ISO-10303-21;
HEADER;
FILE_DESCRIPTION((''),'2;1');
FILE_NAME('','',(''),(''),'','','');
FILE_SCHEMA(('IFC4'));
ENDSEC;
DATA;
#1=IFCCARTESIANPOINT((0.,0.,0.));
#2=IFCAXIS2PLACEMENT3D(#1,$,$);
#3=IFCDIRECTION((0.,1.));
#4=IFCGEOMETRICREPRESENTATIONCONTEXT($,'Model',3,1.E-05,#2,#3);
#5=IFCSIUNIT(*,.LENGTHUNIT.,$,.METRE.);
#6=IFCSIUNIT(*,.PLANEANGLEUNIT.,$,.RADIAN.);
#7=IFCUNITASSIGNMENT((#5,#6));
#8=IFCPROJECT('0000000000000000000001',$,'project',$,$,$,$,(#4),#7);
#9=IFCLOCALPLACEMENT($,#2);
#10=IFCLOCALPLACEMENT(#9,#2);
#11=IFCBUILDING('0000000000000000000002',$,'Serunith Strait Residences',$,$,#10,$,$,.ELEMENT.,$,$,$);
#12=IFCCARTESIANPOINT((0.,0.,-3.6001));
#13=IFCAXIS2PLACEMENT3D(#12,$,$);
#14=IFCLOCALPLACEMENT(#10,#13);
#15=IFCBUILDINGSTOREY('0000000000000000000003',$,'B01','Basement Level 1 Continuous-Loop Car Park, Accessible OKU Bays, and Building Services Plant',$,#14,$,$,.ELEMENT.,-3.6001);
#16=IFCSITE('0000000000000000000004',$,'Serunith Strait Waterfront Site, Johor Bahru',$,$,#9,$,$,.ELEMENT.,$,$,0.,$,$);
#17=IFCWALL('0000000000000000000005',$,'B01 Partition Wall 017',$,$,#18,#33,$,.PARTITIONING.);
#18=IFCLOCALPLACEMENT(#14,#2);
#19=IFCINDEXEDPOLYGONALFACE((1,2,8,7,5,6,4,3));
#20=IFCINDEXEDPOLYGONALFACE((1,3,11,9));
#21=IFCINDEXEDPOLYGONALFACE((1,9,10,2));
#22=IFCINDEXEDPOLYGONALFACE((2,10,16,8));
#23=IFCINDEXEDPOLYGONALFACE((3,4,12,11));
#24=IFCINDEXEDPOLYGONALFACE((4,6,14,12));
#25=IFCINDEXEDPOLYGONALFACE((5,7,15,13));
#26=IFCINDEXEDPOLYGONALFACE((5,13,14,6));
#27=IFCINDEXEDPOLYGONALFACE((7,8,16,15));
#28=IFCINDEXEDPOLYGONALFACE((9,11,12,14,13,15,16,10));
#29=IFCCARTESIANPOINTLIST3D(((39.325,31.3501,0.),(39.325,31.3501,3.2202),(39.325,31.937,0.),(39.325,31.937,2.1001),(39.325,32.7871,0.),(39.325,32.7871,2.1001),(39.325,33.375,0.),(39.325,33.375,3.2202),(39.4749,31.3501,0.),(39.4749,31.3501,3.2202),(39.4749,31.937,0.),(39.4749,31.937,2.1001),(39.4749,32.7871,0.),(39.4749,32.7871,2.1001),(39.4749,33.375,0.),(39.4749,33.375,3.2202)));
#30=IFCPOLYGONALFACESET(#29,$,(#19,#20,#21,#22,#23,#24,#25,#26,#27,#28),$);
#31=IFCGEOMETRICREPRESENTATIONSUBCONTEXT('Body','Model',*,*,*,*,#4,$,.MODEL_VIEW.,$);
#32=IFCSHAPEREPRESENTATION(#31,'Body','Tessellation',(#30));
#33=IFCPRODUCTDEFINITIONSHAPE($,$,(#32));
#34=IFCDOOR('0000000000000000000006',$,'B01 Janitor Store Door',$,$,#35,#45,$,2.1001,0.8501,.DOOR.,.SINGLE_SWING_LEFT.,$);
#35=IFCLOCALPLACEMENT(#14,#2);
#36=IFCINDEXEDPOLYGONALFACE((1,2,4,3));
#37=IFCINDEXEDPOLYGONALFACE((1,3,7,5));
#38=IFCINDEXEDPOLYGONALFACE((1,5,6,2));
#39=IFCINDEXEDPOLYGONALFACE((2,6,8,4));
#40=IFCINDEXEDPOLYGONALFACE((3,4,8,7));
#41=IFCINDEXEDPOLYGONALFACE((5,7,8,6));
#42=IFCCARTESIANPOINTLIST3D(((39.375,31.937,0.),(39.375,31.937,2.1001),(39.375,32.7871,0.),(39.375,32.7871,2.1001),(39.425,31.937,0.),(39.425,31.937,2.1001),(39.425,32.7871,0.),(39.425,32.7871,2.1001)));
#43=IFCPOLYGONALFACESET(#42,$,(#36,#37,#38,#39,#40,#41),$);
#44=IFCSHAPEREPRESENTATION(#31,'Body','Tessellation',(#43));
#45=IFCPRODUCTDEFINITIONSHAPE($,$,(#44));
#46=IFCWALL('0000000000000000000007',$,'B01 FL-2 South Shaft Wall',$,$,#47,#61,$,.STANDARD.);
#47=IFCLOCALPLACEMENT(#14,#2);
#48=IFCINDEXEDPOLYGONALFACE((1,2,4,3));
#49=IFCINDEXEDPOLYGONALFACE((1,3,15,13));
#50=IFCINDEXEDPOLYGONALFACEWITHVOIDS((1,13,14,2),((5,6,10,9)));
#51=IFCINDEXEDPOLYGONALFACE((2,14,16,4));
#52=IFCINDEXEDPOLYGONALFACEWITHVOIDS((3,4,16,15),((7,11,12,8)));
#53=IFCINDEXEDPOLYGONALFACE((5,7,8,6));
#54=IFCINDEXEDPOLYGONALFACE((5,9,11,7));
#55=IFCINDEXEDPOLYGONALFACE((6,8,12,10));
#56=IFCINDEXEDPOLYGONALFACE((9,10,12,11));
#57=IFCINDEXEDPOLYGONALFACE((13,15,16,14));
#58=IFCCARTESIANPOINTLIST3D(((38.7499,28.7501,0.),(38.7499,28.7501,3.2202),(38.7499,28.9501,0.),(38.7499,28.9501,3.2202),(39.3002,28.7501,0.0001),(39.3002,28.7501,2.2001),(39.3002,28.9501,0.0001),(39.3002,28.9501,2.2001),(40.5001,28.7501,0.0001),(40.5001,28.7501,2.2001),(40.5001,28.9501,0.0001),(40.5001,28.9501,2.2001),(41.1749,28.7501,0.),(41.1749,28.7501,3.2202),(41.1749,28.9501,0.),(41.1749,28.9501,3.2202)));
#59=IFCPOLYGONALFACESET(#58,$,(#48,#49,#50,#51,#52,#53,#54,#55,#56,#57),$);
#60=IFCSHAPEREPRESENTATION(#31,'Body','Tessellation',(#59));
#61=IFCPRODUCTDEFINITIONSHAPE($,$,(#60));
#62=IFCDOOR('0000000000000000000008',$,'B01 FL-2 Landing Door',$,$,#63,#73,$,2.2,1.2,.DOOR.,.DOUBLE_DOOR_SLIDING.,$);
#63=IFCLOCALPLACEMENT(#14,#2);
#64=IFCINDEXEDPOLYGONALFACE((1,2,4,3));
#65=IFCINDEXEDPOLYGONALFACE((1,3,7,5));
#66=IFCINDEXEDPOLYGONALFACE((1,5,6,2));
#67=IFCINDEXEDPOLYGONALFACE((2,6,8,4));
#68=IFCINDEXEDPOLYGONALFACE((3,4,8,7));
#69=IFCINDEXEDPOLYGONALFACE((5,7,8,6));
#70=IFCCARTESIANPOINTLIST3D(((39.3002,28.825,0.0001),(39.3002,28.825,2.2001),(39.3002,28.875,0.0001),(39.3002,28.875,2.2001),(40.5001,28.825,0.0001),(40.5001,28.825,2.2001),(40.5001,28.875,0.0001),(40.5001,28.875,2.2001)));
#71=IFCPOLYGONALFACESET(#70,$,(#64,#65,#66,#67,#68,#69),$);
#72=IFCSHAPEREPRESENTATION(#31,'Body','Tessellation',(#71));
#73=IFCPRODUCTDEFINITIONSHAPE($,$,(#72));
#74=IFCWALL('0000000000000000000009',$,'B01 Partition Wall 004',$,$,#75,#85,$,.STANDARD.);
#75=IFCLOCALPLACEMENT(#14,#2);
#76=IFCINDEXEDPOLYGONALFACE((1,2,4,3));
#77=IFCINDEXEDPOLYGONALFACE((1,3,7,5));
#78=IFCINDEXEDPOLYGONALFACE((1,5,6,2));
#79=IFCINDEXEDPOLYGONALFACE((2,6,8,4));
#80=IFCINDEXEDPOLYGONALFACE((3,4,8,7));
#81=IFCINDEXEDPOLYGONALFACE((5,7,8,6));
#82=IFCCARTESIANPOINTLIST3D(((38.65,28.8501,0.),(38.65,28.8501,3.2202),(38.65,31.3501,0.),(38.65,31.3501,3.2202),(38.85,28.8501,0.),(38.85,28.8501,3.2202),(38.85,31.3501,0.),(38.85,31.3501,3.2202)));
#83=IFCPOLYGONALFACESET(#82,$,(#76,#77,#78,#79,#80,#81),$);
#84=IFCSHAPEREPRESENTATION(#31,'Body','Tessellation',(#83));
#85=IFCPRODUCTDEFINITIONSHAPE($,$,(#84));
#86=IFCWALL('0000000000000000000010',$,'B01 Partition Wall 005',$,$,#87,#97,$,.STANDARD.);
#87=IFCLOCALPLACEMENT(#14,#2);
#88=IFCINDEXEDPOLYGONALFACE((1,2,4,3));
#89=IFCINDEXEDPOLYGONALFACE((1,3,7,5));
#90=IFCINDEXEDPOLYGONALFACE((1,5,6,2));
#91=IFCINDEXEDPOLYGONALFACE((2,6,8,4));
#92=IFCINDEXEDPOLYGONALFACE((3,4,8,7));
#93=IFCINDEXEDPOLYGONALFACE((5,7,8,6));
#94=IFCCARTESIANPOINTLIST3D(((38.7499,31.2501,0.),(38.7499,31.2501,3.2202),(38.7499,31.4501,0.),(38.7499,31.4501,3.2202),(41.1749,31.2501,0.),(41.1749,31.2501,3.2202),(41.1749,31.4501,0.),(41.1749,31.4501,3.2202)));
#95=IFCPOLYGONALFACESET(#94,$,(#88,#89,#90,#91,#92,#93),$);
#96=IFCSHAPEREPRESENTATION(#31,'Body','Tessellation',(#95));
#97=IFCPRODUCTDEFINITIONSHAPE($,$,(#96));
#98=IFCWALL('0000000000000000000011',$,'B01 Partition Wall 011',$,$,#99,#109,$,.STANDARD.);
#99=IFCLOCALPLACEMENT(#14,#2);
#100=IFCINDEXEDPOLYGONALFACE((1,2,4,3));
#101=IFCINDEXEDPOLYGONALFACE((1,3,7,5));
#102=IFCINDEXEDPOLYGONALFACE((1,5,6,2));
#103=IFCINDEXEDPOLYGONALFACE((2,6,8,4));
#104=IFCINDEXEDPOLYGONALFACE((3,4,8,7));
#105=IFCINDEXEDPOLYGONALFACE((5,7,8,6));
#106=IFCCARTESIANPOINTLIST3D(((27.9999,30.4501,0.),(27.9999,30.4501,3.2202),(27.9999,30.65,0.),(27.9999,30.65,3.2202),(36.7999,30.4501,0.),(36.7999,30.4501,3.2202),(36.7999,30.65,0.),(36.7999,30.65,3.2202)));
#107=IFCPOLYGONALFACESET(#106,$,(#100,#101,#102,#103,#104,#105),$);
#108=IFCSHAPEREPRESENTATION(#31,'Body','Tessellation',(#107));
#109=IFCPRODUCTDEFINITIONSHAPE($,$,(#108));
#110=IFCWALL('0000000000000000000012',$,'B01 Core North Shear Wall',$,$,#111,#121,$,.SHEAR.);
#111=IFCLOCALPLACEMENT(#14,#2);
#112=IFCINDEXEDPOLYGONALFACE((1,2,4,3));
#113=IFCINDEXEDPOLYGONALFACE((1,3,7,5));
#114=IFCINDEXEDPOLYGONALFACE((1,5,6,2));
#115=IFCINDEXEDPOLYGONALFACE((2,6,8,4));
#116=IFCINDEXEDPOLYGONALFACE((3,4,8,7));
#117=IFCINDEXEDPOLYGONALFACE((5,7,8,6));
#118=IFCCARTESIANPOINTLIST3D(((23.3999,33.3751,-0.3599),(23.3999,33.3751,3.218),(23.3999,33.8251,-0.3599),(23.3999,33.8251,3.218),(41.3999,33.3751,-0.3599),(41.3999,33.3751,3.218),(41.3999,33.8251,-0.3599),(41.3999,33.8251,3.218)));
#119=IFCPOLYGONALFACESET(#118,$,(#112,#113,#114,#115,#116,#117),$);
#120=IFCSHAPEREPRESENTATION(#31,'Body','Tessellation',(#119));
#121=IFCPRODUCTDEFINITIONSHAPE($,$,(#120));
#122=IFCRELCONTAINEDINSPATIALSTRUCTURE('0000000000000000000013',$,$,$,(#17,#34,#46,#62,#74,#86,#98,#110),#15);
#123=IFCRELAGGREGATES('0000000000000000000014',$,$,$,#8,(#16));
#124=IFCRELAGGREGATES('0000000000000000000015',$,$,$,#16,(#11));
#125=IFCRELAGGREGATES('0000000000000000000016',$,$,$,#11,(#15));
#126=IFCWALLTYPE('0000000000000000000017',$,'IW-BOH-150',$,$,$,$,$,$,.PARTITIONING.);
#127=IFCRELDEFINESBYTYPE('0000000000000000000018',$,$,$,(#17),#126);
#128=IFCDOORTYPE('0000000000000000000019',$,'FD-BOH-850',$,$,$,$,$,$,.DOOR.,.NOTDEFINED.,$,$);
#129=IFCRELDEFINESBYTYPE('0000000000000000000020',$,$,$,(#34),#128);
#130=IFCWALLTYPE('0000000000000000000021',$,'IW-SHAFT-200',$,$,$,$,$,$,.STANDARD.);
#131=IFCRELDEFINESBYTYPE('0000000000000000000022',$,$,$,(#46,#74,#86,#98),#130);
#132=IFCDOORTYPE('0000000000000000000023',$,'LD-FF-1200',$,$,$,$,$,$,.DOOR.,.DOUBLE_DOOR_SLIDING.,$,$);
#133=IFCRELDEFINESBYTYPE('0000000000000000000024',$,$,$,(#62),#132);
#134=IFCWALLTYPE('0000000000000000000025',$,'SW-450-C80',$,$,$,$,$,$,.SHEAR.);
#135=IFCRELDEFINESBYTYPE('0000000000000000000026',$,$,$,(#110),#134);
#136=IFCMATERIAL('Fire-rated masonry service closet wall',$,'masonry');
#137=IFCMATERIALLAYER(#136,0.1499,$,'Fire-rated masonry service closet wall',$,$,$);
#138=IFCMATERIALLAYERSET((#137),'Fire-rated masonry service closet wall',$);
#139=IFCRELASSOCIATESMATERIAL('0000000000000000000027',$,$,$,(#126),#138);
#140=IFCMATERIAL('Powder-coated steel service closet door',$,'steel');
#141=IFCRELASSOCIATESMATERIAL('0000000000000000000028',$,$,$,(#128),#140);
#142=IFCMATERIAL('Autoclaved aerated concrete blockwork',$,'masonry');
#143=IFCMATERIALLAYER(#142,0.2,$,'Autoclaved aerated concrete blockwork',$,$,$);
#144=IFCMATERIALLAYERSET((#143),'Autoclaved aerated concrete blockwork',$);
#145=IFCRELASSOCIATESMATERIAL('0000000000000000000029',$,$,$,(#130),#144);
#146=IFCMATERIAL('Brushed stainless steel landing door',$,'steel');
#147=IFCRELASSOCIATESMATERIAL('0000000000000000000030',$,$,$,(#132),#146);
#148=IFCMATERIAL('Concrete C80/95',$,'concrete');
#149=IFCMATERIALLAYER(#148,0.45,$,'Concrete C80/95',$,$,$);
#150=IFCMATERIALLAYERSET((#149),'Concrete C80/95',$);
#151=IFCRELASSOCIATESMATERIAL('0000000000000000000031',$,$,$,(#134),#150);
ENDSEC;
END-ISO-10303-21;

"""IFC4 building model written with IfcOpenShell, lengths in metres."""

from ifc_helpers import new_model, si_unit, direction, frame, frame_2d, origin, place, context, subcontext, project, spatial, rectangle, extrude, source, transform, mapped, material, layer, layer_set, type_object, element, fill, save


model = new_model("IFC4")

# Units and contexts
model_context = context("Model", 3, precision=1e-05, world=origin(), true_north=direction((0.0, 1.0)))
body_context = subcontext(model_context, "Body", "Model", "MODEL_VIEW")
ifc_project = project(units=[si_unit("LENGTHUNIT", "METRE"), si_unit("PLANEANGLEUNIT", "RADIAN")], contexts=[model_context])

# Site, building, storey
site_placement = place(None, origin())
site = spatial("IfcSite", under=ifc_project, at=site_placement, Name="Serunith Strait Waterfront Site, Johor Bahru", CompositionType="ELEMENT", RefElevation=0.0)
building_placement = place(site_placement, origin())
building = spatial("IfcBuilding", under=site, at=building_placement, Name="Serunith Strait Residences", CompositionType="ELEMENT")
storey_placement = place(building_placement, frame((0.0, 0.0, -3.6001)))
storey = spatial("IfcBuildingStorey", under=building, at=storey_placement, Name="B01", Description="Basement Level 1 Continuous-Loop Car Park, Accessible OKU Bays, and Building Services Plant", CompositionType="ELEMENT", Elevation=-3.6001)

# Shared definitions
ifc_material_1 = material(Name="Concrete C80/95", Category="concrete")

# Walls, openings, doors
ifc_material_2 = material(Name="Fire-rated masonry service closet wall", Category="masonry")
ifc_layer_1 = layer(ifc_material_2, 0.1499, Name="Fire-rated masonry service closet wall")
ifc_layer_set_1 = layer_set([ifc_layer_1], Name="Fire-rated masonry service closet wall")
wall_type_1 = type_object("IfcWallType", Name="IW-BOH-150", PredefinedType="PARTITIONING", material=ifc_layer_set_1)
wall_1_placement = place(storey_placement, frame((39.3999, 31.3501, 0.0), z_axis=(0.0, 0.0, 1.0), x_axis=(0.0, 1.0, 0.0)))
wall_1 = element("IfcWall", 1, at=wall_1_placement, inside=storey, type_object=wall_type_1, Name="B01 Partition Wall 017", PredefinedType="PARTITIONING", context=body_context, shape_type="SweptSolid", body=[
    extrude(rectangle(XDim=2.0249, YDim=0.1499, at=frame_2d((1.0125, 0.0))), origin(), (0.0, 0.0, 1.0), 3.2202),
])
opening_1_placement = place(wall_1_placement, frame((0.5869, 0.0, 0.0)))
opening_1 = element("IfcOpeningElement", 2, at=opening_1_placement, cuts=wall_1, PredefinedType="OPENING", context=body_context, shape_type="SweptSolid", body=[
    extrude(rectangle(XDim=0.8501, YDim=2.1001, at=frame_2d((0.425, 1.05))), frame((0.0, 0.085, 0.0), z_axis=(0.0, -1.0, 0.0), x_axis=(1.0, 0.0, 0.0)), (0.0, 0.0, 1.0), 0.1699),
])
ifc_material_3 = material(Name="Powder-coated steel service closet door", Category="steel")
door_type_1 = type_object("IfcDoorType", Name="FD-BOH-850", OperationType="NOTDEFINED", PredefinedType="DOOR", material=ifc_material_3)
shared_shape_1 = source(origin(), body_context, "Body", "SweptSolid", [
    extrude(rectangle(XDim=0.8501, YDim=2.1001, at=frame_2d((0.425, 1.05))), frame((0.0, 0.0249, 0.0), z_axis=(0.0, -1.0, 0.0), x_axis=(1.0, 0.0, 0.0)), (0.0, 0.0, 1.0), 0.05),
])
door_1_placement = place(opening_1_placement, origin())
door_1 = element("IfcDoor", 3, at=door_1_placement, inside=storey, type_object=door_type_1, Name="B01 Janitor Store Door", OperationType="SINGLE_SWING_LEFT", OverallHeight=2.1001, OverallWidth=0.8501, PredefinedType="DOOR", context=body_context, shape_type="MappedRepresentation", body=[
    mapped(shared_shape_1, transform((0.0, 0.0, 0.0), scale=1.0)),
])
fill(opening_1, door_1)
ifc_material_4 = material(Name="Autoclaved aerated concrete blockwork", Category="masonry")
ifc_layer_2 = layer(ifc_material_4, 0.2, Name="Autoclaved aerated concrete blockwork")
ifc_layer_set_2 = layer_set([ifc_layer_2], Name="Autoclaved aerated concrete blockwork")
wall_type_2 = type_object("IfcWallType", Name="IW-SHAFT-200", PredefinedType="STANDARD", material=ifc_layer_set_2)
wall_2_placement = place(storey_placement, frame((38.75, 28.8501, 0.0), z_axis=(0.0, 0.0, 1.0), x_axis=(1.0, 0.0, 0.0)))
wall_2 = element("IfcWall", 4, at=wall_2_placement, inside=storey, type_object=wall_type_2, Name="B01 FL-2 South Shaft Wall", PredefinedType="STANDARD", context=body_context, shape_type="SweptSolid", body=[
    extrude(rectangle(XDim=2.425, YDim=0.2, at=frame_2d((1.2124, 0.0))), origin(), (0.0, 0.0, 1.0), 3.2202),
])
opening_2_placement = place(wall_2_placement, frame((0.55, 0.0, 0.0)))
opening_2 = element("IfcOpeningElement", 5, at=opening_2_placement, cuts=wall_2, PredefinedType="OPENING", context=body_context, shape_type="SweptSolid", body=[
    extrude(rectangle(XDim=1.2, YDim=2.2, at=frame_2d((0.6001, 1.1001))), frame((0.0, 0.1099, 0.0), z_axis=(0.0, -1.0, 0.0), x_axis=(1.0, 0.0, 0.0)), (0.0, 0.0, 1.0), 0.22),
])
ifc_material_5 = material(Name="Brushed stainless steel landing door", Category="steel")
door_type_2 = type_object("IfcDoorType", Name="LD-FF-1200", OperationType="DOUBLE_DOOR_SLIDING", PredefinedType="DOOR", material=ifc_material_5)
shared_shape_2 = source(origin(), body_context, "Body", "SweptSolid", [
    extrude(rectangle(XDim=1.2, YDim=2.2, at=frame_2d((0.6001, 1.1001))), frame((0.0, 0.0249, 0.0), z_axis=(0.0, -1.0, 0.0), x_axis=(1.0, 0.0, 0.0)), (0.0, 0.0, 1.0), 0.05),
])
door_2_placement = place(opening_2_placement, origin())
door_2 = element("IfcDoor", 6, at=door_2_placement, inside=storey, type_object=door_type_2, Name="B01 FL-2 Landing Door", OperationType="DOUBLE_DOOR_SLIDING", OverallHeight=2.2, OverallWidth=1.2, PredefinedType="DOOR", context=body_context, shape_type="MappedRepresentation", body=[
    mapped(shared_shape_2, transform((0.0, 0.0, 0.0), scale=1.0)),
])
fill(opening_2, door_2)

# Walls
wall_3_placement = place(storey_placement, frame((38.75, 28.8501, 0.0), z_axis=(0.0, 0.0, 1.0), x_axis=(0.0, 1.0, 0.0)))
element("IfcWall", 7, at=wall_3_placement, inside=storey, type_object=wall_type_2, Name="B01 Partition Wall 004", PredefinedType="STANDARD", context=body_context, shape_type="SweptSolid", body=[
    extrude(rectangle(XDim=2.5, YDim=0.2, at=frame_2d((1.25, 0.0))), origin(), (0.0, 0.0, 1.0), 3.2202),
])
wall_4_placement = place(storey_placement, frame((38.75, 31.3501, 0.0), z_axis=(0.0, 0.0, 1.0), x_axis=(1.0, 0.0, 0.0)))
element("IfcWall", 8, at=wall_4_placement, inside=storey, type_object=wall_type_2, Name="B01 Partition Wall 005", PredefinedType="STANDARD", context=body_context, shape_type="SweptSolid", body=[
    extrude(rectangle(XDim=2.425, YDim=0.2, at=frame_2d((1.2124, 0.0))), origin(), (0.0, 0.0, 1.0), 3.2202),
])
wall_5_placement = place(storey_placement, frame((28.0, 30.55, 0.0), z_axis=(0.0, 0.0, 1.0), x_axis=(1.0, 0.0, 0.0)))
element("IfcWall", 9, at=wall_5_placement, inside=storey, type_object=wall_type_2, Name="B01 Partition Wall 011", PredefinedType="STANDARD", context=body_context, shape_type="SweptSolid", body=[
    extrude(rectangle(XDim=8.8, YDim=0.2, at=frame_2d((4.3999, 0.0))), origin(), (0.0, 0.0, 1.0), 3.2202),
])
ifc_layer_3 = layer(ifc_material_1, 0.45, Name="Concrete C80/95")
ifc_layer_set_3 = layer_set([ifc_layer_3], Name="Concrete C80/95")
wall_type_3 = type_object("IfcWallType", Name="SW-450-C80", PredefinedType="SHEAR", material=ifc_layer_set_3)
wall_6_placement = place(storey_placement, frame((41.3999, 33.6001, -0.3599), z_axis=(0.0, 0.0, 1.0), x_axis=(-1.0, 0.0, 0.0)))
element("IfcWall", 10, at=wall_6_placement, inside=storey, type_object=wall_type_3, Name="B01 Core North Shear Wall", PredefinedType="SHEAR", context=body_context, shape_type="SweptSolid", body=[
    extrude(rectangle(XDim=18.0, YDim=0.45, at=frame_2d((9.0, 0.0))), origin(), (0.0, 0.0, 1.0), 3.5779),
])

save(model, "model.ifc")
